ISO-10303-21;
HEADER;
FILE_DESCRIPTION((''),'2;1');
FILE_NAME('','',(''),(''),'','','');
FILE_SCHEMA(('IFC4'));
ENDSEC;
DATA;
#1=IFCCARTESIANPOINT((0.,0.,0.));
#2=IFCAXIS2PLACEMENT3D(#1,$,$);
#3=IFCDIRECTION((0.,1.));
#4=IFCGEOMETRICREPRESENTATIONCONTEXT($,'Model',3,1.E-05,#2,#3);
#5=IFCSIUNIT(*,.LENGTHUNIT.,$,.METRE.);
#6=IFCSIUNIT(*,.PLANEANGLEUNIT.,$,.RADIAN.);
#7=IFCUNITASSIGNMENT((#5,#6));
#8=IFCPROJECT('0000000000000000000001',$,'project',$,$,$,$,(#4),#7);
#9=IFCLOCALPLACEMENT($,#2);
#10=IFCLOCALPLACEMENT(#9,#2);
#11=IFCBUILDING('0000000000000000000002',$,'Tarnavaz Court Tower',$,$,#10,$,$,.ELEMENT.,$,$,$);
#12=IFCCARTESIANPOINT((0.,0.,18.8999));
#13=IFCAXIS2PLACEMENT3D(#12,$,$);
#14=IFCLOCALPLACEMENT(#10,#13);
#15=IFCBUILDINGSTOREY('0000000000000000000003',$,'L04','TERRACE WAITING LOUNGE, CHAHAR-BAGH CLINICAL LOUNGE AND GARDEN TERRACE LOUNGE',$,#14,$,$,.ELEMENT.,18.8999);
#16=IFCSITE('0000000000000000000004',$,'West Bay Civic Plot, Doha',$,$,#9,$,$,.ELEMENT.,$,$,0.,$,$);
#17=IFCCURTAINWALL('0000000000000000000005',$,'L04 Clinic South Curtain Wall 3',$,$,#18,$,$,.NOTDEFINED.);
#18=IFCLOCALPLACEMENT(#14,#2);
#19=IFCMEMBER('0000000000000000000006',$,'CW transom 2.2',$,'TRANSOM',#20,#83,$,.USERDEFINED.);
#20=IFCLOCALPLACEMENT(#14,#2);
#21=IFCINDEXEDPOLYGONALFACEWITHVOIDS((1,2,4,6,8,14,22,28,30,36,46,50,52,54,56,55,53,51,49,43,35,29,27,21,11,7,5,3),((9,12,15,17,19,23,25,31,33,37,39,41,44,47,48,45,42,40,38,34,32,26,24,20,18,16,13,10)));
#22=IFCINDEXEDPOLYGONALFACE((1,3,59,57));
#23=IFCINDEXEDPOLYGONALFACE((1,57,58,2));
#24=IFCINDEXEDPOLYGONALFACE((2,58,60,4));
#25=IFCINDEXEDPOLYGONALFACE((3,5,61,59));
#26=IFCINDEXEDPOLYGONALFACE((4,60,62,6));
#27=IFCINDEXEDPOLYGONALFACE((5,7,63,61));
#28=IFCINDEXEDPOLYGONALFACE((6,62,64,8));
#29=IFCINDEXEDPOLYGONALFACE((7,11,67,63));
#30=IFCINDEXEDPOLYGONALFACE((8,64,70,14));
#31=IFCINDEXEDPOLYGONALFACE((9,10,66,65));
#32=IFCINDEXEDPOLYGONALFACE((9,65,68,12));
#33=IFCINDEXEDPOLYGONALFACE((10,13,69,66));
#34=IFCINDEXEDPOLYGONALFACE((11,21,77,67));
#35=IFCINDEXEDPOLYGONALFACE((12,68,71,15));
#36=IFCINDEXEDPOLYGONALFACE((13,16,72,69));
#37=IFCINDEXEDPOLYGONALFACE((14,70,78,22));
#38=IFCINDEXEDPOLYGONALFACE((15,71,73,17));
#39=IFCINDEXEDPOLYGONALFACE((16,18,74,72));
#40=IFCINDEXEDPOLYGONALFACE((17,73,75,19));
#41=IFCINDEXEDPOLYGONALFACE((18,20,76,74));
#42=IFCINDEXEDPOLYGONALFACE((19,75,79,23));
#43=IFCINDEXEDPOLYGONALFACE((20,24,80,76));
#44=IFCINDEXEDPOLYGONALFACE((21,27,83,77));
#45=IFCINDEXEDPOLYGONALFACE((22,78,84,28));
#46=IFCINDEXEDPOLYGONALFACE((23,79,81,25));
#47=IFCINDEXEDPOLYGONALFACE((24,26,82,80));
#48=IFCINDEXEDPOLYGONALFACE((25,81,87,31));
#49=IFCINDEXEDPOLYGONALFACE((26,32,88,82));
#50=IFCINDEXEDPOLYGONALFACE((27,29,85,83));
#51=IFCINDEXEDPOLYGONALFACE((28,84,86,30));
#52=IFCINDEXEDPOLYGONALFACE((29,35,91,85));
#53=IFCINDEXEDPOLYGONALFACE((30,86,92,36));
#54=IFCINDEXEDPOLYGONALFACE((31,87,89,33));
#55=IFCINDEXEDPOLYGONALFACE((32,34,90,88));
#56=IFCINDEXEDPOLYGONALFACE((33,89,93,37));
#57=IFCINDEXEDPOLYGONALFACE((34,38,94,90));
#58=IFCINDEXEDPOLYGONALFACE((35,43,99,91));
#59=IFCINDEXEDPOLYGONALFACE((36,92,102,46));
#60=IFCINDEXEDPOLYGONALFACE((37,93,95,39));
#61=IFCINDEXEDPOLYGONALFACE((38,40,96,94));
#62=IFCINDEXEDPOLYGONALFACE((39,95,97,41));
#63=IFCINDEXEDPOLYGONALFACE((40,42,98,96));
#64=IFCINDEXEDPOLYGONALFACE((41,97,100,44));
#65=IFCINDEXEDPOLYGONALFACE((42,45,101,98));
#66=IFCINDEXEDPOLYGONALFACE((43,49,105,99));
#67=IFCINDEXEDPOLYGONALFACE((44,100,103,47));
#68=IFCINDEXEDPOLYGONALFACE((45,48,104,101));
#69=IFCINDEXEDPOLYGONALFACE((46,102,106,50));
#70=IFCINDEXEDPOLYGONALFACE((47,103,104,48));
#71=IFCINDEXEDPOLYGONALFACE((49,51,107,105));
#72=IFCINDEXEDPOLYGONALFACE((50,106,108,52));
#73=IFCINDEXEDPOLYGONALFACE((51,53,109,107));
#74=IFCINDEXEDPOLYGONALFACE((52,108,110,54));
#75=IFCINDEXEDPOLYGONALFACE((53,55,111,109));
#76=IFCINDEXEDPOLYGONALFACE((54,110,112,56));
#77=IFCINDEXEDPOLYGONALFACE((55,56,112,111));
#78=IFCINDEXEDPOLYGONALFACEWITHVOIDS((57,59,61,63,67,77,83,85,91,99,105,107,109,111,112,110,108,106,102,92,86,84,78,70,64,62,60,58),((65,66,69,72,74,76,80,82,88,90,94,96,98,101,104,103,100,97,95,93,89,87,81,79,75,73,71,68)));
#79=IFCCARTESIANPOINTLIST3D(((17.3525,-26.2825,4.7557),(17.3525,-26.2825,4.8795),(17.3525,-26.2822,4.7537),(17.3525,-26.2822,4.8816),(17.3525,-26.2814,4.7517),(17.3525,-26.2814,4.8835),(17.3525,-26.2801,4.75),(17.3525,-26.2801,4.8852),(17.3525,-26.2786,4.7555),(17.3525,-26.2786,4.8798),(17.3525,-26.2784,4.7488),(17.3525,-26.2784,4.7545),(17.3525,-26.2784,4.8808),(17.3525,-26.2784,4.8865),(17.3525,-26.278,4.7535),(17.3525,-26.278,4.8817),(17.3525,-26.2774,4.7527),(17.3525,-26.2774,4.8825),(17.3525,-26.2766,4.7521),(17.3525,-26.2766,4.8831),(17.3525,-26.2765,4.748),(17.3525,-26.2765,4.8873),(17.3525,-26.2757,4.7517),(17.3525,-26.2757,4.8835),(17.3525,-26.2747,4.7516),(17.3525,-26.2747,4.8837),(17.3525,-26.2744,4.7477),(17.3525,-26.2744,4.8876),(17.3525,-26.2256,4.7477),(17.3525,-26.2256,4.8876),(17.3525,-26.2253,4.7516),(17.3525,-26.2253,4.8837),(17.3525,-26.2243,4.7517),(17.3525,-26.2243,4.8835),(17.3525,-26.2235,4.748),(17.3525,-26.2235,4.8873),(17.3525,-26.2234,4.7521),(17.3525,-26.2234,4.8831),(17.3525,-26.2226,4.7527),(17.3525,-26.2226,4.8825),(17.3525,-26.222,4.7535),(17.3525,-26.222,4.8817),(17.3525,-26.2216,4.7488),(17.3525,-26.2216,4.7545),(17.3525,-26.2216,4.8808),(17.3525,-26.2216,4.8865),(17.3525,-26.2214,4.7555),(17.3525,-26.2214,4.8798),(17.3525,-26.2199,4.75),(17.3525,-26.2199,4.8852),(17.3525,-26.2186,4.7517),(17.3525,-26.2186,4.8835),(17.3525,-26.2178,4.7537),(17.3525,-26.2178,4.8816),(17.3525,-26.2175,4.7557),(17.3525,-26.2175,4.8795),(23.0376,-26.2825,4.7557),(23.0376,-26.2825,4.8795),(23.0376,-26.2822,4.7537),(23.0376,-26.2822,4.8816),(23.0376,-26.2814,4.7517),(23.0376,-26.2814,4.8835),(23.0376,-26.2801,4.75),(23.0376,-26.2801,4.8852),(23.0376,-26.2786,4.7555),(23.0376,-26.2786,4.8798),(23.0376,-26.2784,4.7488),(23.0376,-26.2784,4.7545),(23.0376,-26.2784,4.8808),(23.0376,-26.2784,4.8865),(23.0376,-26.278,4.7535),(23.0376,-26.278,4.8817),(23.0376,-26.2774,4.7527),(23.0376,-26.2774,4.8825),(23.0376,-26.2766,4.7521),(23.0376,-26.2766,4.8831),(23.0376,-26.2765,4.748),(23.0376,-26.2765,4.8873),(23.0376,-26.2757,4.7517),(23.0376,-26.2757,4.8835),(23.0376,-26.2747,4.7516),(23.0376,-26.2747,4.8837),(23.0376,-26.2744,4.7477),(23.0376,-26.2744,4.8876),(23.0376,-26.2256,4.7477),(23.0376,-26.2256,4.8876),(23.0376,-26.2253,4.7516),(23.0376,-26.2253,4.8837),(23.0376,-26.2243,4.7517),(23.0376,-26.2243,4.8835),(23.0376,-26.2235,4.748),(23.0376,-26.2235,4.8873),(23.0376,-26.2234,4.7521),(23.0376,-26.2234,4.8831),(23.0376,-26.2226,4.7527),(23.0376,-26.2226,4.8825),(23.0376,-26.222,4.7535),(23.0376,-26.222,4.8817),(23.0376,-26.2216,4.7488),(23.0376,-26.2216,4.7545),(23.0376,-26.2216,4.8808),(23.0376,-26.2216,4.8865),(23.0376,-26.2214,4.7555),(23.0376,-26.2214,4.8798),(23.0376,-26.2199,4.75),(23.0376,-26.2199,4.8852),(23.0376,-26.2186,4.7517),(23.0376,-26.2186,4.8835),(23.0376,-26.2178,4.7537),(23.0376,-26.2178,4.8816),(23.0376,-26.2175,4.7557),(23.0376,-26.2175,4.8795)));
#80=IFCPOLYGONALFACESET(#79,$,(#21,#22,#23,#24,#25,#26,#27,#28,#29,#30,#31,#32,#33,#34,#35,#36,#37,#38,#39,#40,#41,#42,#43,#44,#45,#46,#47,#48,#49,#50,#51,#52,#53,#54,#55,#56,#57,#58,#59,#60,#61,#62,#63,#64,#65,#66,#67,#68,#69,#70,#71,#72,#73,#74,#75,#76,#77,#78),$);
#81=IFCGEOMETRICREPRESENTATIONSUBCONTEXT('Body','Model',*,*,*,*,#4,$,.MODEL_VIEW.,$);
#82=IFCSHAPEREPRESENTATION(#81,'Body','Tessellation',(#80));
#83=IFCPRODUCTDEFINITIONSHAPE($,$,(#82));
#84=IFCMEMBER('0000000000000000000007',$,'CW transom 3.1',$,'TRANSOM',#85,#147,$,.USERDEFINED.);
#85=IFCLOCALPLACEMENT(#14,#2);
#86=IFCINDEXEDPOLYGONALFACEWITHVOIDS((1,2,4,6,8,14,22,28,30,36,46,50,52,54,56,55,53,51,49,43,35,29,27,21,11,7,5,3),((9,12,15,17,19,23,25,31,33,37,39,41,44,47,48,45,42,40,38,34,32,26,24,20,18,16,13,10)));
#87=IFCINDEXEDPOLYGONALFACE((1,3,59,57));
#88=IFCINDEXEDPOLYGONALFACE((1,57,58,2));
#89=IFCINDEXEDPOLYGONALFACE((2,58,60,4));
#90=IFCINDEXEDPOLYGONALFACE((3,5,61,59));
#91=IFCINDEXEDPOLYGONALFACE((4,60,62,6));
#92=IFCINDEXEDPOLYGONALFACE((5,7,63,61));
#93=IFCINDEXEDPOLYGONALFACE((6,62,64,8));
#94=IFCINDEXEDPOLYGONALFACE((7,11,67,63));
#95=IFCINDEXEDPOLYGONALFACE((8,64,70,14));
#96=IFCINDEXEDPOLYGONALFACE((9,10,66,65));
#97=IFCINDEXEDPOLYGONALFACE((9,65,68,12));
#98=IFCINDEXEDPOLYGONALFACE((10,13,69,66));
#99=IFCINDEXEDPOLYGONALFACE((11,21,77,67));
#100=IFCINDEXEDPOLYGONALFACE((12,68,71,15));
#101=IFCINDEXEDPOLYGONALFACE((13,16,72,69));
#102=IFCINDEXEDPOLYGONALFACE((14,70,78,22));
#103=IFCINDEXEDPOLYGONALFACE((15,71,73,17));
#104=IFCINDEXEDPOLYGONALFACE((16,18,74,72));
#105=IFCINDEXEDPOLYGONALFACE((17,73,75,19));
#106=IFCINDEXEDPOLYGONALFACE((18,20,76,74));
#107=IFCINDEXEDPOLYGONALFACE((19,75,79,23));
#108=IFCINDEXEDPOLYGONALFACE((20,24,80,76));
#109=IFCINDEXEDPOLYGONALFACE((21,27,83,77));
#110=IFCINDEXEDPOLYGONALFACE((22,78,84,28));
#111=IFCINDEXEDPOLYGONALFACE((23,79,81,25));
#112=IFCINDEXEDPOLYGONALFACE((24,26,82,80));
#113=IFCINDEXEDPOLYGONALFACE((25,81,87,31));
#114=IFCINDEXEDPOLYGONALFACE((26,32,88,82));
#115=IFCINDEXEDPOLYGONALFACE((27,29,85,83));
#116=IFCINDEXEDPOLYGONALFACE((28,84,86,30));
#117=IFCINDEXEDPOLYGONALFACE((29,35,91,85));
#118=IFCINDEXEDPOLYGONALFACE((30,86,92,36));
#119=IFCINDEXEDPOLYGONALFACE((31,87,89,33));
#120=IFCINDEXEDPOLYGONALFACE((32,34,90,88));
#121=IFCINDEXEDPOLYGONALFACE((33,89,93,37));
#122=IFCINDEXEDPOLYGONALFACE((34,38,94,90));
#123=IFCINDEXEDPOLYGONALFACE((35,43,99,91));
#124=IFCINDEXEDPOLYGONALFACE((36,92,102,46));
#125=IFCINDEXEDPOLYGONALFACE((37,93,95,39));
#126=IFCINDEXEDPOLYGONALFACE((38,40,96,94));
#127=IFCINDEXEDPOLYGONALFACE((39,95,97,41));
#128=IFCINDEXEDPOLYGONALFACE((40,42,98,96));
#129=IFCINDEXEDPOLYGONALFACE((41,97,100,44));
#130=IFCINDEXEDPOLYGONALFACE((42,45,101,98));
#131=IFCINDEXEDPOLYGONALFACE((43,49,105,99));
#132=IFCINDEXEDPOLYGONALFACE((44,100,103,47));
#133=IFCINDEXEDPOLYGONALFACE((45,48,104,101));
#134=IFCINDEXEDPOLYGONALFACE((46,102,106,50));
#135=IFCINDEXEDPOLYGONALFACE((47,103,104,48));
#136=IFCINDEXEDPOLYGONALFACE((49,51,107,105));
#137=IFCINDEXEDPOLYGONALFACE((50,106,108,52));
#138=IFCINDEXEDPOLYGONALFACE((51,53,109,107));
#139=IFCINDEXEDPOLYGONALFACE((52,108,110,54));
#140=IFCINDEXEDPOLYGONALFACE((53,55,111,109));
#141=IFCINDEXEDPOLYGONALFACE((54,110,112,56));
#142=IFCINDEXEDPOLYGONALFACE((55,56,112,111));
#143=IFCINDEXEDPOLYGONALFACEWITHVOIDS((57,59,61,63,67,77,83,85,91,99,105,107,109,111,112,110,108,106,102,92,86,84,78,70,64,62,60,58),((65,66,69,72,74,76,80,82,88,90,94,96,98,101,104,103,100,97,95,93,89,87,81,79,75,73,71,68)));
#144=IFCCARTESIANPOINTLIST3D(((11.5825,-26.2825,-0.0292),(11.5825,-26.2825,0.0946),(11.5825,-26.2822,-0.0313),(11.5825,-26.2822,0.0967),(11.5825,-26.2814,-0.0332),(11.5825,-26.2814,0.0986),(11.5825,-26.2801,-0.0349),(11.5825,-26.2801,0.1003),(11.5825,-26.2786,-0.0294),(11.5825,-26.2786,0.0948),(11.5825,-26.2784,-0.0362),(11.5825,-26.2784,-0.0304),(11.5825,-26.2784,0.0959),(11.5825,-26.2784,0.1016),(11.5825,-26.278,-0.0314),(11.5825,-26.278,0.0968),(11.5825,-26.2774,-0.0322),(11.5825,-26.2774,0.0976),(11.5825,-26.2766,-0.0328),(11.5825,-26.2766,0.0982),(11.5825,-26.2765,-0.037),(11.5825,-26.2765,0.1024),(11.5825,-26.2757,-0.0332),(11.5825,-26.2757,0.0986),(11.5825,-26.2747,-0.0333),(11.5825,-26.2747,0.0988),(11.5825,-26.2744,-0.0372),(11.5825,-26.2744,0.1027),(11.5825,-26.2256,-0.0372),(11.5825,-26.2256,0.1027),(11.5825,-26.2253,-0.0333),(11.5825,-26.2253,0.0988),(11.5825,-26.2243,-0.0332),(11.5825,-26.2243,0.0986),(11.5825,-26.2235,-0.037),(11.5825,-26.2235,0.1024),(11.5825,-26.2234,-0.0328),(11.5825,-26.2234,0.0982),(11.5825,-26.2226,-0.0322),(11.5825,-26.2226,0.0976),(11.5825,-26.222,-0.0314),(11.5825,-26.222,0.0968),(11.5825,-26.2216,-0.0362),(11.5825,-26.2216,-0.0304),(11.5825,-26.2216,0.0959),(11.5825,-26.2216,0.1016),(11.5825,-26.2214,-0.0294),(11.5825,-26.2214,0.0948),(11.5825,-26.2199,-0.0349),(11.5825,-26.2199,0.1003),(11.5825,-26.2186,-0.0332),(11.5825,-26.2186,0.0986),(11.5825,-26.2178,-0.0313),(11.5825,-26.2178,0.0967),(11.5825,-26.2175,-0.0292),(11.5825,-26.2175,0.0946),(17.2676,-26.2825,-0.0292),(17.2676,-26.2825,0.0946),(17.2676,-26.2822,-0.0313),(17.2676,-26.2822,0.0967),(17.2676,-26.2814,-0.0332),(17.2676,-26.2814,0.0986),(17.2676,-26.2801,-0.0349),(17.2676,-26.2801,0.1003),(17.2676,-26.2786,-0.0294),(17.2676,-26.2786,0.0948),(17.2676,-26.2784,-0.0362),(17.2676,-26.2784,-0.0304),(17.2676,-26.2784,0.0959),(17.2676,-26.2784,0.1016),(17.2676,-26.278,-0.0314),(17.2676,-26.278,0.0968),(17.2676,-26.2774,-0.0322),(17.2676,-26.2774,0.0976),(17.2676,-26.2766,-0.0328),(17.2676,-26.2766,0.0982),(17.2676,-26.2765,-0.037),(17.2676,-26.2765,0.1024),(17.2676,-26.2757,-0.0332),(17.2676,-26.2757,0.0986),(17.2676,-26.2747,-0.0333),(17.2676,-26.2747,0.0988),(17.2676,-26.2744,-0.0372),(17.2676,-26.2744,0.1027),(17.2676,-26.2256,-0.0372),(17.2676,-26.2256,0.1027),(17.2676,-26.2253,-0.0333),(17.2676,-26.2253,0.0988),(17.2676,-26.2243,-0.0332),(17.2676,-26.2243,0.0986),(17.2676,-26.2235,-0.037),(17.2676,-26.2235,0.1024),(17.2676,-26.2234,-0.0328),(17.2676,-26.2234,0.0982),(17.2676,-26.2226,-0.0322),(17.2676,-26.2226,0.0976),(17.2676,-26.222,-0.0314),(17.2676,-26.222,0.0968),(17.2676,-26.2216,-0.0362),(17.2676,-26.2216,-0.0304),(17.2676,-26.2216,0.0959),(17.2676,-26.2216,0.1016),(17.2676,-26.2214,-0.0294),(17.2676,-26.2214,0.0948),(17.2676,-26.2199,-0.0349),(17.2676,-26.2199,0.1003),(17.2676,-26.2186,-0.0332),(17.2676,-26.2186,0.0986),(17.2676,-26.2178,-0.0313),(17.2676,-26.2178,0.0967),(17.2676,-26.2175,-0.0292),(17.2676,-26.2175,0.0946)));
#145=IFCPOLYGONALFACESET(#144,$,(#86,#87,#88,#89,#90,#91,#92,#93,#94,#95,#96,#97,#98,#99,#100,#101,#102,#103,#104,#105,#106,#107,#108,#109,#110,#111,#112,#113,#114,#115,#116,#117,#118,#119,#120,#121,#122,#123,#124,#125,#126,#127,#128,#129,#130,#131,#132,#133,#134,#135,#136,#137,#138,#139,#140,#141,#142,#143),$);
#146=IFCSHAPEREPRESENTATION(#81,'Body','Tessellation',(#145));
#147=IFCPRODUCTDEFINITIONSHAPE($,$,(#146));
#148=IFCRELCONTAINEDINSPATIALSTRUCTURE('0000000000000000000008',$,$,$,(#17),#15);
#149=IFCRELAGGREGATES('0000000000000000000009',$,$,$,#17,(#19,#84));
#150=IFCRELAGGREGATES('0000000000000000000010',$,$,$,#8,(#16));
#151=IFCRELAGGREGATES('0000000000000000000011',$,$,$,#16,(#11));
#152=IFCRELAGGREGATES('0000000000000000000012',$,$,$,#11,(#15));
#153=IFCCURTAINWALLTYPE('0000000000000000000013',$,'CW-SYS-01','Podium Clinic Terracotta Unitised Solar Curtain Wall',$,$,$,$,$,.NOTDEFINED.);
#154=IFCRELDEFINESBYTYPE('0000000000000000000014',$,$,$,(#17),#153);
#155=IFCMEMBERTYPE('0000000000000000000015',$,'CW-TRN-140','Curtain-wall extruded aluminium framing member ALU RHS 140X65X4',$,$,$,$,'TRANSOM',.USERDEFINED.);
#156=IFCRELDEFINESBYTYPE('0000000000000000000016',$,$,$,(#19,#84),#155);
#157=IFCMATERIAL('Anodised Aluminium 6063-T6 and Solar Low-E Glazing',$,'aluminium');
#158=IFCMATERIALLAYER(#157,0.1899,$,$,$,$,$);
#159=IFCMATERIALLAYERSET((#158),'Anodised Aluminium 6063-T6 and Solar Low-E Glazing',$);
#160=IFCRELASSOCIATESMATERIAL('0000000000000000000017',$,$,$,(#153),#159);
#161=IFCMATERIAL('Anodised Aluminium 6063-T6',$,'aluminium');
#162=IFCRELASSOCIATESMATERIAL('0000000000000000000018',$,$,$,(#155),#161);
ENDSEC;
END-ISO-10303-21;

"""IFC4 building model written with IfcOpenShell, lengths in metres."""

from ifc_helpers import new_model, si_unit, direction, frame, origin, origin_2d, place, context, subcontext, project, spatial, hollow_rectangle, extrude, material, layer, layer_set, material_profile, profile_set, type_object, element, aggregate, save


model = new_model("IFC4")

# Units and contexts
model_context = context("Model", 3, precision=1e-05, world=origin(), true_north=direction((0.0, 1.0)))
body_context = subcontext(model_context, "Body", "Model", "MODEL_VIEW")
ifc_project = project(units=[si_unit("LENGTHUNIT", "METRE"), si_unit("PLANEANGLEUNIT", "RADIAN")], contexts=[model_context])

# Site, building, storey
site_placement = place(None, origin())
site = spatial("IfcSite", under=ifc_project, at=site_placement, Name="West Bay Civic Plot, Doha", CompositionType="ELEMENT", RefElevation=0.0)
building_placement = place(site_placement, origin())
building = spatial("IfcBuilding", under=site, at=building_placement, Name="Tarnavaz Court Tower", CompositionType="ELEMENT")
storey_placement = place(building_placement, frame((0.0, 0.0, 18.8999)))
storey = spatial("IfcBuildingStorey", under=building, at=storey_placement, Name="L04", Description="TERRACE WAITING LOUNGE, CHAHAR-BAGH CLINICAL LOUNGE AND GARDEN TERRACE LOUNGE", CompositionType="ELEMENT", Elevation=18.8999)

# Curtain wall, members
ifc_material_1 = material(Name="Anodised Aluminium 6063-T6 and Solar Low-E Glazing", Category="aluminium")
ifc_layer_1 = layer(ifc_material_1, 0.1899)
ifc_layer_set_1 = layer_set([ifc_layer_1], Name="Anodised Aluminium 6063-T6 and Solar Low-E Glazing")
curtain_wall_type = type_object("IfcCurtainWallType", Name="CW-SYS-01", Description="Podium Clinic Terracotta Unitised Solar Curtain Wall", PredefinedType="NOTDEFINED", material=ifc_layer_set_1)
curtain_wall_placement = place(storey_placement, origin())
curtain_wall = element("IfcCurtainWall", 1, at=curtain_wall_placement, inside=storey, type_object=curtain_wall_type, Name="L04 Clinic South Curtain Wall 3", PredefinedType="NOTDEFINED")
ifc_material_2 = material(Name="Anodised Aluminium 6063-T6", Category="aluminium")
ifc_material_profile_1 = material_profile(ifc_material_2, hollow_rectangle(XDim=0.0649, YDim=0.1399, WallThickness=0.0039, InnerFilletRadius=0.0039, OuterFilletRadius=0.0081, at=origin_2d()), Name="ALU RHS 140X65X4")
ifc_profile_set_1 = profile_set([ifc_material_profile_1], Name="Anodised Aluminium 6063-T6")
member_type_1 = type_object("IfcMemberType", Name="CW-TRN-140", Description="Curtain-wall extruded aluminium framing member ALU RHS 140X65X4", ElementType="TRANSOM", PredefinedType="USERDEFINED", material=ifc_profile_set_1)
member_1_placement = place(storey_placement, frame((23.0376, -26.25, 4.8176), z_axis=(-1.0, 0.0, 0.0), x_axis=(0.0, -1.0, 0.0)))
member_1 = element("IfcMember", 2, at=member_1_placement, type_object=member_type_1, Name="CW transom 2.2", ObjectType="TRANSOM", PredefinedType="USERDEFINED", context=body_context, shape_type="SweptSolid", body=[
    extrude(hollow_rectangle(XDim=0.0649, YDim=0.1399, WallThickness=0.0039, InnerFilletRadius=0.0039, OuterFilletRadius=0.0081, at=origin_2d()), origin(), (0.0, 0.0, 1.0), 5.6851),
])
member_2_placement = place(storey_placement, frame((17.2676, -26.25, 0.0327), z_axis=(-1.0, 0.0, 0.0), x_axis=(0.0, -1.0, 0.0)))
member_2 = element("IfcMember", 3, at=member_2_placement, type_object=member_type_1, Name="CW transom 3.1", ObjectType="TRANSOM", PredefinedType="USERDEFINED", context=body_context, shape_type="SweptSolid", body=[
    extrude(hollow_rectangle(XDim=0.0649, YDim=0.1399, WallThickness=0.0039, InnerFilletRadius=0.0039, OuterFilletRadius=0.0081, at=origin_2d()), origin(), (0.0, 0.0, 1.0), 5.6851),
])
aggregate(curtain_wall, [member_1, member_2])

save(model, "model.ifc")
